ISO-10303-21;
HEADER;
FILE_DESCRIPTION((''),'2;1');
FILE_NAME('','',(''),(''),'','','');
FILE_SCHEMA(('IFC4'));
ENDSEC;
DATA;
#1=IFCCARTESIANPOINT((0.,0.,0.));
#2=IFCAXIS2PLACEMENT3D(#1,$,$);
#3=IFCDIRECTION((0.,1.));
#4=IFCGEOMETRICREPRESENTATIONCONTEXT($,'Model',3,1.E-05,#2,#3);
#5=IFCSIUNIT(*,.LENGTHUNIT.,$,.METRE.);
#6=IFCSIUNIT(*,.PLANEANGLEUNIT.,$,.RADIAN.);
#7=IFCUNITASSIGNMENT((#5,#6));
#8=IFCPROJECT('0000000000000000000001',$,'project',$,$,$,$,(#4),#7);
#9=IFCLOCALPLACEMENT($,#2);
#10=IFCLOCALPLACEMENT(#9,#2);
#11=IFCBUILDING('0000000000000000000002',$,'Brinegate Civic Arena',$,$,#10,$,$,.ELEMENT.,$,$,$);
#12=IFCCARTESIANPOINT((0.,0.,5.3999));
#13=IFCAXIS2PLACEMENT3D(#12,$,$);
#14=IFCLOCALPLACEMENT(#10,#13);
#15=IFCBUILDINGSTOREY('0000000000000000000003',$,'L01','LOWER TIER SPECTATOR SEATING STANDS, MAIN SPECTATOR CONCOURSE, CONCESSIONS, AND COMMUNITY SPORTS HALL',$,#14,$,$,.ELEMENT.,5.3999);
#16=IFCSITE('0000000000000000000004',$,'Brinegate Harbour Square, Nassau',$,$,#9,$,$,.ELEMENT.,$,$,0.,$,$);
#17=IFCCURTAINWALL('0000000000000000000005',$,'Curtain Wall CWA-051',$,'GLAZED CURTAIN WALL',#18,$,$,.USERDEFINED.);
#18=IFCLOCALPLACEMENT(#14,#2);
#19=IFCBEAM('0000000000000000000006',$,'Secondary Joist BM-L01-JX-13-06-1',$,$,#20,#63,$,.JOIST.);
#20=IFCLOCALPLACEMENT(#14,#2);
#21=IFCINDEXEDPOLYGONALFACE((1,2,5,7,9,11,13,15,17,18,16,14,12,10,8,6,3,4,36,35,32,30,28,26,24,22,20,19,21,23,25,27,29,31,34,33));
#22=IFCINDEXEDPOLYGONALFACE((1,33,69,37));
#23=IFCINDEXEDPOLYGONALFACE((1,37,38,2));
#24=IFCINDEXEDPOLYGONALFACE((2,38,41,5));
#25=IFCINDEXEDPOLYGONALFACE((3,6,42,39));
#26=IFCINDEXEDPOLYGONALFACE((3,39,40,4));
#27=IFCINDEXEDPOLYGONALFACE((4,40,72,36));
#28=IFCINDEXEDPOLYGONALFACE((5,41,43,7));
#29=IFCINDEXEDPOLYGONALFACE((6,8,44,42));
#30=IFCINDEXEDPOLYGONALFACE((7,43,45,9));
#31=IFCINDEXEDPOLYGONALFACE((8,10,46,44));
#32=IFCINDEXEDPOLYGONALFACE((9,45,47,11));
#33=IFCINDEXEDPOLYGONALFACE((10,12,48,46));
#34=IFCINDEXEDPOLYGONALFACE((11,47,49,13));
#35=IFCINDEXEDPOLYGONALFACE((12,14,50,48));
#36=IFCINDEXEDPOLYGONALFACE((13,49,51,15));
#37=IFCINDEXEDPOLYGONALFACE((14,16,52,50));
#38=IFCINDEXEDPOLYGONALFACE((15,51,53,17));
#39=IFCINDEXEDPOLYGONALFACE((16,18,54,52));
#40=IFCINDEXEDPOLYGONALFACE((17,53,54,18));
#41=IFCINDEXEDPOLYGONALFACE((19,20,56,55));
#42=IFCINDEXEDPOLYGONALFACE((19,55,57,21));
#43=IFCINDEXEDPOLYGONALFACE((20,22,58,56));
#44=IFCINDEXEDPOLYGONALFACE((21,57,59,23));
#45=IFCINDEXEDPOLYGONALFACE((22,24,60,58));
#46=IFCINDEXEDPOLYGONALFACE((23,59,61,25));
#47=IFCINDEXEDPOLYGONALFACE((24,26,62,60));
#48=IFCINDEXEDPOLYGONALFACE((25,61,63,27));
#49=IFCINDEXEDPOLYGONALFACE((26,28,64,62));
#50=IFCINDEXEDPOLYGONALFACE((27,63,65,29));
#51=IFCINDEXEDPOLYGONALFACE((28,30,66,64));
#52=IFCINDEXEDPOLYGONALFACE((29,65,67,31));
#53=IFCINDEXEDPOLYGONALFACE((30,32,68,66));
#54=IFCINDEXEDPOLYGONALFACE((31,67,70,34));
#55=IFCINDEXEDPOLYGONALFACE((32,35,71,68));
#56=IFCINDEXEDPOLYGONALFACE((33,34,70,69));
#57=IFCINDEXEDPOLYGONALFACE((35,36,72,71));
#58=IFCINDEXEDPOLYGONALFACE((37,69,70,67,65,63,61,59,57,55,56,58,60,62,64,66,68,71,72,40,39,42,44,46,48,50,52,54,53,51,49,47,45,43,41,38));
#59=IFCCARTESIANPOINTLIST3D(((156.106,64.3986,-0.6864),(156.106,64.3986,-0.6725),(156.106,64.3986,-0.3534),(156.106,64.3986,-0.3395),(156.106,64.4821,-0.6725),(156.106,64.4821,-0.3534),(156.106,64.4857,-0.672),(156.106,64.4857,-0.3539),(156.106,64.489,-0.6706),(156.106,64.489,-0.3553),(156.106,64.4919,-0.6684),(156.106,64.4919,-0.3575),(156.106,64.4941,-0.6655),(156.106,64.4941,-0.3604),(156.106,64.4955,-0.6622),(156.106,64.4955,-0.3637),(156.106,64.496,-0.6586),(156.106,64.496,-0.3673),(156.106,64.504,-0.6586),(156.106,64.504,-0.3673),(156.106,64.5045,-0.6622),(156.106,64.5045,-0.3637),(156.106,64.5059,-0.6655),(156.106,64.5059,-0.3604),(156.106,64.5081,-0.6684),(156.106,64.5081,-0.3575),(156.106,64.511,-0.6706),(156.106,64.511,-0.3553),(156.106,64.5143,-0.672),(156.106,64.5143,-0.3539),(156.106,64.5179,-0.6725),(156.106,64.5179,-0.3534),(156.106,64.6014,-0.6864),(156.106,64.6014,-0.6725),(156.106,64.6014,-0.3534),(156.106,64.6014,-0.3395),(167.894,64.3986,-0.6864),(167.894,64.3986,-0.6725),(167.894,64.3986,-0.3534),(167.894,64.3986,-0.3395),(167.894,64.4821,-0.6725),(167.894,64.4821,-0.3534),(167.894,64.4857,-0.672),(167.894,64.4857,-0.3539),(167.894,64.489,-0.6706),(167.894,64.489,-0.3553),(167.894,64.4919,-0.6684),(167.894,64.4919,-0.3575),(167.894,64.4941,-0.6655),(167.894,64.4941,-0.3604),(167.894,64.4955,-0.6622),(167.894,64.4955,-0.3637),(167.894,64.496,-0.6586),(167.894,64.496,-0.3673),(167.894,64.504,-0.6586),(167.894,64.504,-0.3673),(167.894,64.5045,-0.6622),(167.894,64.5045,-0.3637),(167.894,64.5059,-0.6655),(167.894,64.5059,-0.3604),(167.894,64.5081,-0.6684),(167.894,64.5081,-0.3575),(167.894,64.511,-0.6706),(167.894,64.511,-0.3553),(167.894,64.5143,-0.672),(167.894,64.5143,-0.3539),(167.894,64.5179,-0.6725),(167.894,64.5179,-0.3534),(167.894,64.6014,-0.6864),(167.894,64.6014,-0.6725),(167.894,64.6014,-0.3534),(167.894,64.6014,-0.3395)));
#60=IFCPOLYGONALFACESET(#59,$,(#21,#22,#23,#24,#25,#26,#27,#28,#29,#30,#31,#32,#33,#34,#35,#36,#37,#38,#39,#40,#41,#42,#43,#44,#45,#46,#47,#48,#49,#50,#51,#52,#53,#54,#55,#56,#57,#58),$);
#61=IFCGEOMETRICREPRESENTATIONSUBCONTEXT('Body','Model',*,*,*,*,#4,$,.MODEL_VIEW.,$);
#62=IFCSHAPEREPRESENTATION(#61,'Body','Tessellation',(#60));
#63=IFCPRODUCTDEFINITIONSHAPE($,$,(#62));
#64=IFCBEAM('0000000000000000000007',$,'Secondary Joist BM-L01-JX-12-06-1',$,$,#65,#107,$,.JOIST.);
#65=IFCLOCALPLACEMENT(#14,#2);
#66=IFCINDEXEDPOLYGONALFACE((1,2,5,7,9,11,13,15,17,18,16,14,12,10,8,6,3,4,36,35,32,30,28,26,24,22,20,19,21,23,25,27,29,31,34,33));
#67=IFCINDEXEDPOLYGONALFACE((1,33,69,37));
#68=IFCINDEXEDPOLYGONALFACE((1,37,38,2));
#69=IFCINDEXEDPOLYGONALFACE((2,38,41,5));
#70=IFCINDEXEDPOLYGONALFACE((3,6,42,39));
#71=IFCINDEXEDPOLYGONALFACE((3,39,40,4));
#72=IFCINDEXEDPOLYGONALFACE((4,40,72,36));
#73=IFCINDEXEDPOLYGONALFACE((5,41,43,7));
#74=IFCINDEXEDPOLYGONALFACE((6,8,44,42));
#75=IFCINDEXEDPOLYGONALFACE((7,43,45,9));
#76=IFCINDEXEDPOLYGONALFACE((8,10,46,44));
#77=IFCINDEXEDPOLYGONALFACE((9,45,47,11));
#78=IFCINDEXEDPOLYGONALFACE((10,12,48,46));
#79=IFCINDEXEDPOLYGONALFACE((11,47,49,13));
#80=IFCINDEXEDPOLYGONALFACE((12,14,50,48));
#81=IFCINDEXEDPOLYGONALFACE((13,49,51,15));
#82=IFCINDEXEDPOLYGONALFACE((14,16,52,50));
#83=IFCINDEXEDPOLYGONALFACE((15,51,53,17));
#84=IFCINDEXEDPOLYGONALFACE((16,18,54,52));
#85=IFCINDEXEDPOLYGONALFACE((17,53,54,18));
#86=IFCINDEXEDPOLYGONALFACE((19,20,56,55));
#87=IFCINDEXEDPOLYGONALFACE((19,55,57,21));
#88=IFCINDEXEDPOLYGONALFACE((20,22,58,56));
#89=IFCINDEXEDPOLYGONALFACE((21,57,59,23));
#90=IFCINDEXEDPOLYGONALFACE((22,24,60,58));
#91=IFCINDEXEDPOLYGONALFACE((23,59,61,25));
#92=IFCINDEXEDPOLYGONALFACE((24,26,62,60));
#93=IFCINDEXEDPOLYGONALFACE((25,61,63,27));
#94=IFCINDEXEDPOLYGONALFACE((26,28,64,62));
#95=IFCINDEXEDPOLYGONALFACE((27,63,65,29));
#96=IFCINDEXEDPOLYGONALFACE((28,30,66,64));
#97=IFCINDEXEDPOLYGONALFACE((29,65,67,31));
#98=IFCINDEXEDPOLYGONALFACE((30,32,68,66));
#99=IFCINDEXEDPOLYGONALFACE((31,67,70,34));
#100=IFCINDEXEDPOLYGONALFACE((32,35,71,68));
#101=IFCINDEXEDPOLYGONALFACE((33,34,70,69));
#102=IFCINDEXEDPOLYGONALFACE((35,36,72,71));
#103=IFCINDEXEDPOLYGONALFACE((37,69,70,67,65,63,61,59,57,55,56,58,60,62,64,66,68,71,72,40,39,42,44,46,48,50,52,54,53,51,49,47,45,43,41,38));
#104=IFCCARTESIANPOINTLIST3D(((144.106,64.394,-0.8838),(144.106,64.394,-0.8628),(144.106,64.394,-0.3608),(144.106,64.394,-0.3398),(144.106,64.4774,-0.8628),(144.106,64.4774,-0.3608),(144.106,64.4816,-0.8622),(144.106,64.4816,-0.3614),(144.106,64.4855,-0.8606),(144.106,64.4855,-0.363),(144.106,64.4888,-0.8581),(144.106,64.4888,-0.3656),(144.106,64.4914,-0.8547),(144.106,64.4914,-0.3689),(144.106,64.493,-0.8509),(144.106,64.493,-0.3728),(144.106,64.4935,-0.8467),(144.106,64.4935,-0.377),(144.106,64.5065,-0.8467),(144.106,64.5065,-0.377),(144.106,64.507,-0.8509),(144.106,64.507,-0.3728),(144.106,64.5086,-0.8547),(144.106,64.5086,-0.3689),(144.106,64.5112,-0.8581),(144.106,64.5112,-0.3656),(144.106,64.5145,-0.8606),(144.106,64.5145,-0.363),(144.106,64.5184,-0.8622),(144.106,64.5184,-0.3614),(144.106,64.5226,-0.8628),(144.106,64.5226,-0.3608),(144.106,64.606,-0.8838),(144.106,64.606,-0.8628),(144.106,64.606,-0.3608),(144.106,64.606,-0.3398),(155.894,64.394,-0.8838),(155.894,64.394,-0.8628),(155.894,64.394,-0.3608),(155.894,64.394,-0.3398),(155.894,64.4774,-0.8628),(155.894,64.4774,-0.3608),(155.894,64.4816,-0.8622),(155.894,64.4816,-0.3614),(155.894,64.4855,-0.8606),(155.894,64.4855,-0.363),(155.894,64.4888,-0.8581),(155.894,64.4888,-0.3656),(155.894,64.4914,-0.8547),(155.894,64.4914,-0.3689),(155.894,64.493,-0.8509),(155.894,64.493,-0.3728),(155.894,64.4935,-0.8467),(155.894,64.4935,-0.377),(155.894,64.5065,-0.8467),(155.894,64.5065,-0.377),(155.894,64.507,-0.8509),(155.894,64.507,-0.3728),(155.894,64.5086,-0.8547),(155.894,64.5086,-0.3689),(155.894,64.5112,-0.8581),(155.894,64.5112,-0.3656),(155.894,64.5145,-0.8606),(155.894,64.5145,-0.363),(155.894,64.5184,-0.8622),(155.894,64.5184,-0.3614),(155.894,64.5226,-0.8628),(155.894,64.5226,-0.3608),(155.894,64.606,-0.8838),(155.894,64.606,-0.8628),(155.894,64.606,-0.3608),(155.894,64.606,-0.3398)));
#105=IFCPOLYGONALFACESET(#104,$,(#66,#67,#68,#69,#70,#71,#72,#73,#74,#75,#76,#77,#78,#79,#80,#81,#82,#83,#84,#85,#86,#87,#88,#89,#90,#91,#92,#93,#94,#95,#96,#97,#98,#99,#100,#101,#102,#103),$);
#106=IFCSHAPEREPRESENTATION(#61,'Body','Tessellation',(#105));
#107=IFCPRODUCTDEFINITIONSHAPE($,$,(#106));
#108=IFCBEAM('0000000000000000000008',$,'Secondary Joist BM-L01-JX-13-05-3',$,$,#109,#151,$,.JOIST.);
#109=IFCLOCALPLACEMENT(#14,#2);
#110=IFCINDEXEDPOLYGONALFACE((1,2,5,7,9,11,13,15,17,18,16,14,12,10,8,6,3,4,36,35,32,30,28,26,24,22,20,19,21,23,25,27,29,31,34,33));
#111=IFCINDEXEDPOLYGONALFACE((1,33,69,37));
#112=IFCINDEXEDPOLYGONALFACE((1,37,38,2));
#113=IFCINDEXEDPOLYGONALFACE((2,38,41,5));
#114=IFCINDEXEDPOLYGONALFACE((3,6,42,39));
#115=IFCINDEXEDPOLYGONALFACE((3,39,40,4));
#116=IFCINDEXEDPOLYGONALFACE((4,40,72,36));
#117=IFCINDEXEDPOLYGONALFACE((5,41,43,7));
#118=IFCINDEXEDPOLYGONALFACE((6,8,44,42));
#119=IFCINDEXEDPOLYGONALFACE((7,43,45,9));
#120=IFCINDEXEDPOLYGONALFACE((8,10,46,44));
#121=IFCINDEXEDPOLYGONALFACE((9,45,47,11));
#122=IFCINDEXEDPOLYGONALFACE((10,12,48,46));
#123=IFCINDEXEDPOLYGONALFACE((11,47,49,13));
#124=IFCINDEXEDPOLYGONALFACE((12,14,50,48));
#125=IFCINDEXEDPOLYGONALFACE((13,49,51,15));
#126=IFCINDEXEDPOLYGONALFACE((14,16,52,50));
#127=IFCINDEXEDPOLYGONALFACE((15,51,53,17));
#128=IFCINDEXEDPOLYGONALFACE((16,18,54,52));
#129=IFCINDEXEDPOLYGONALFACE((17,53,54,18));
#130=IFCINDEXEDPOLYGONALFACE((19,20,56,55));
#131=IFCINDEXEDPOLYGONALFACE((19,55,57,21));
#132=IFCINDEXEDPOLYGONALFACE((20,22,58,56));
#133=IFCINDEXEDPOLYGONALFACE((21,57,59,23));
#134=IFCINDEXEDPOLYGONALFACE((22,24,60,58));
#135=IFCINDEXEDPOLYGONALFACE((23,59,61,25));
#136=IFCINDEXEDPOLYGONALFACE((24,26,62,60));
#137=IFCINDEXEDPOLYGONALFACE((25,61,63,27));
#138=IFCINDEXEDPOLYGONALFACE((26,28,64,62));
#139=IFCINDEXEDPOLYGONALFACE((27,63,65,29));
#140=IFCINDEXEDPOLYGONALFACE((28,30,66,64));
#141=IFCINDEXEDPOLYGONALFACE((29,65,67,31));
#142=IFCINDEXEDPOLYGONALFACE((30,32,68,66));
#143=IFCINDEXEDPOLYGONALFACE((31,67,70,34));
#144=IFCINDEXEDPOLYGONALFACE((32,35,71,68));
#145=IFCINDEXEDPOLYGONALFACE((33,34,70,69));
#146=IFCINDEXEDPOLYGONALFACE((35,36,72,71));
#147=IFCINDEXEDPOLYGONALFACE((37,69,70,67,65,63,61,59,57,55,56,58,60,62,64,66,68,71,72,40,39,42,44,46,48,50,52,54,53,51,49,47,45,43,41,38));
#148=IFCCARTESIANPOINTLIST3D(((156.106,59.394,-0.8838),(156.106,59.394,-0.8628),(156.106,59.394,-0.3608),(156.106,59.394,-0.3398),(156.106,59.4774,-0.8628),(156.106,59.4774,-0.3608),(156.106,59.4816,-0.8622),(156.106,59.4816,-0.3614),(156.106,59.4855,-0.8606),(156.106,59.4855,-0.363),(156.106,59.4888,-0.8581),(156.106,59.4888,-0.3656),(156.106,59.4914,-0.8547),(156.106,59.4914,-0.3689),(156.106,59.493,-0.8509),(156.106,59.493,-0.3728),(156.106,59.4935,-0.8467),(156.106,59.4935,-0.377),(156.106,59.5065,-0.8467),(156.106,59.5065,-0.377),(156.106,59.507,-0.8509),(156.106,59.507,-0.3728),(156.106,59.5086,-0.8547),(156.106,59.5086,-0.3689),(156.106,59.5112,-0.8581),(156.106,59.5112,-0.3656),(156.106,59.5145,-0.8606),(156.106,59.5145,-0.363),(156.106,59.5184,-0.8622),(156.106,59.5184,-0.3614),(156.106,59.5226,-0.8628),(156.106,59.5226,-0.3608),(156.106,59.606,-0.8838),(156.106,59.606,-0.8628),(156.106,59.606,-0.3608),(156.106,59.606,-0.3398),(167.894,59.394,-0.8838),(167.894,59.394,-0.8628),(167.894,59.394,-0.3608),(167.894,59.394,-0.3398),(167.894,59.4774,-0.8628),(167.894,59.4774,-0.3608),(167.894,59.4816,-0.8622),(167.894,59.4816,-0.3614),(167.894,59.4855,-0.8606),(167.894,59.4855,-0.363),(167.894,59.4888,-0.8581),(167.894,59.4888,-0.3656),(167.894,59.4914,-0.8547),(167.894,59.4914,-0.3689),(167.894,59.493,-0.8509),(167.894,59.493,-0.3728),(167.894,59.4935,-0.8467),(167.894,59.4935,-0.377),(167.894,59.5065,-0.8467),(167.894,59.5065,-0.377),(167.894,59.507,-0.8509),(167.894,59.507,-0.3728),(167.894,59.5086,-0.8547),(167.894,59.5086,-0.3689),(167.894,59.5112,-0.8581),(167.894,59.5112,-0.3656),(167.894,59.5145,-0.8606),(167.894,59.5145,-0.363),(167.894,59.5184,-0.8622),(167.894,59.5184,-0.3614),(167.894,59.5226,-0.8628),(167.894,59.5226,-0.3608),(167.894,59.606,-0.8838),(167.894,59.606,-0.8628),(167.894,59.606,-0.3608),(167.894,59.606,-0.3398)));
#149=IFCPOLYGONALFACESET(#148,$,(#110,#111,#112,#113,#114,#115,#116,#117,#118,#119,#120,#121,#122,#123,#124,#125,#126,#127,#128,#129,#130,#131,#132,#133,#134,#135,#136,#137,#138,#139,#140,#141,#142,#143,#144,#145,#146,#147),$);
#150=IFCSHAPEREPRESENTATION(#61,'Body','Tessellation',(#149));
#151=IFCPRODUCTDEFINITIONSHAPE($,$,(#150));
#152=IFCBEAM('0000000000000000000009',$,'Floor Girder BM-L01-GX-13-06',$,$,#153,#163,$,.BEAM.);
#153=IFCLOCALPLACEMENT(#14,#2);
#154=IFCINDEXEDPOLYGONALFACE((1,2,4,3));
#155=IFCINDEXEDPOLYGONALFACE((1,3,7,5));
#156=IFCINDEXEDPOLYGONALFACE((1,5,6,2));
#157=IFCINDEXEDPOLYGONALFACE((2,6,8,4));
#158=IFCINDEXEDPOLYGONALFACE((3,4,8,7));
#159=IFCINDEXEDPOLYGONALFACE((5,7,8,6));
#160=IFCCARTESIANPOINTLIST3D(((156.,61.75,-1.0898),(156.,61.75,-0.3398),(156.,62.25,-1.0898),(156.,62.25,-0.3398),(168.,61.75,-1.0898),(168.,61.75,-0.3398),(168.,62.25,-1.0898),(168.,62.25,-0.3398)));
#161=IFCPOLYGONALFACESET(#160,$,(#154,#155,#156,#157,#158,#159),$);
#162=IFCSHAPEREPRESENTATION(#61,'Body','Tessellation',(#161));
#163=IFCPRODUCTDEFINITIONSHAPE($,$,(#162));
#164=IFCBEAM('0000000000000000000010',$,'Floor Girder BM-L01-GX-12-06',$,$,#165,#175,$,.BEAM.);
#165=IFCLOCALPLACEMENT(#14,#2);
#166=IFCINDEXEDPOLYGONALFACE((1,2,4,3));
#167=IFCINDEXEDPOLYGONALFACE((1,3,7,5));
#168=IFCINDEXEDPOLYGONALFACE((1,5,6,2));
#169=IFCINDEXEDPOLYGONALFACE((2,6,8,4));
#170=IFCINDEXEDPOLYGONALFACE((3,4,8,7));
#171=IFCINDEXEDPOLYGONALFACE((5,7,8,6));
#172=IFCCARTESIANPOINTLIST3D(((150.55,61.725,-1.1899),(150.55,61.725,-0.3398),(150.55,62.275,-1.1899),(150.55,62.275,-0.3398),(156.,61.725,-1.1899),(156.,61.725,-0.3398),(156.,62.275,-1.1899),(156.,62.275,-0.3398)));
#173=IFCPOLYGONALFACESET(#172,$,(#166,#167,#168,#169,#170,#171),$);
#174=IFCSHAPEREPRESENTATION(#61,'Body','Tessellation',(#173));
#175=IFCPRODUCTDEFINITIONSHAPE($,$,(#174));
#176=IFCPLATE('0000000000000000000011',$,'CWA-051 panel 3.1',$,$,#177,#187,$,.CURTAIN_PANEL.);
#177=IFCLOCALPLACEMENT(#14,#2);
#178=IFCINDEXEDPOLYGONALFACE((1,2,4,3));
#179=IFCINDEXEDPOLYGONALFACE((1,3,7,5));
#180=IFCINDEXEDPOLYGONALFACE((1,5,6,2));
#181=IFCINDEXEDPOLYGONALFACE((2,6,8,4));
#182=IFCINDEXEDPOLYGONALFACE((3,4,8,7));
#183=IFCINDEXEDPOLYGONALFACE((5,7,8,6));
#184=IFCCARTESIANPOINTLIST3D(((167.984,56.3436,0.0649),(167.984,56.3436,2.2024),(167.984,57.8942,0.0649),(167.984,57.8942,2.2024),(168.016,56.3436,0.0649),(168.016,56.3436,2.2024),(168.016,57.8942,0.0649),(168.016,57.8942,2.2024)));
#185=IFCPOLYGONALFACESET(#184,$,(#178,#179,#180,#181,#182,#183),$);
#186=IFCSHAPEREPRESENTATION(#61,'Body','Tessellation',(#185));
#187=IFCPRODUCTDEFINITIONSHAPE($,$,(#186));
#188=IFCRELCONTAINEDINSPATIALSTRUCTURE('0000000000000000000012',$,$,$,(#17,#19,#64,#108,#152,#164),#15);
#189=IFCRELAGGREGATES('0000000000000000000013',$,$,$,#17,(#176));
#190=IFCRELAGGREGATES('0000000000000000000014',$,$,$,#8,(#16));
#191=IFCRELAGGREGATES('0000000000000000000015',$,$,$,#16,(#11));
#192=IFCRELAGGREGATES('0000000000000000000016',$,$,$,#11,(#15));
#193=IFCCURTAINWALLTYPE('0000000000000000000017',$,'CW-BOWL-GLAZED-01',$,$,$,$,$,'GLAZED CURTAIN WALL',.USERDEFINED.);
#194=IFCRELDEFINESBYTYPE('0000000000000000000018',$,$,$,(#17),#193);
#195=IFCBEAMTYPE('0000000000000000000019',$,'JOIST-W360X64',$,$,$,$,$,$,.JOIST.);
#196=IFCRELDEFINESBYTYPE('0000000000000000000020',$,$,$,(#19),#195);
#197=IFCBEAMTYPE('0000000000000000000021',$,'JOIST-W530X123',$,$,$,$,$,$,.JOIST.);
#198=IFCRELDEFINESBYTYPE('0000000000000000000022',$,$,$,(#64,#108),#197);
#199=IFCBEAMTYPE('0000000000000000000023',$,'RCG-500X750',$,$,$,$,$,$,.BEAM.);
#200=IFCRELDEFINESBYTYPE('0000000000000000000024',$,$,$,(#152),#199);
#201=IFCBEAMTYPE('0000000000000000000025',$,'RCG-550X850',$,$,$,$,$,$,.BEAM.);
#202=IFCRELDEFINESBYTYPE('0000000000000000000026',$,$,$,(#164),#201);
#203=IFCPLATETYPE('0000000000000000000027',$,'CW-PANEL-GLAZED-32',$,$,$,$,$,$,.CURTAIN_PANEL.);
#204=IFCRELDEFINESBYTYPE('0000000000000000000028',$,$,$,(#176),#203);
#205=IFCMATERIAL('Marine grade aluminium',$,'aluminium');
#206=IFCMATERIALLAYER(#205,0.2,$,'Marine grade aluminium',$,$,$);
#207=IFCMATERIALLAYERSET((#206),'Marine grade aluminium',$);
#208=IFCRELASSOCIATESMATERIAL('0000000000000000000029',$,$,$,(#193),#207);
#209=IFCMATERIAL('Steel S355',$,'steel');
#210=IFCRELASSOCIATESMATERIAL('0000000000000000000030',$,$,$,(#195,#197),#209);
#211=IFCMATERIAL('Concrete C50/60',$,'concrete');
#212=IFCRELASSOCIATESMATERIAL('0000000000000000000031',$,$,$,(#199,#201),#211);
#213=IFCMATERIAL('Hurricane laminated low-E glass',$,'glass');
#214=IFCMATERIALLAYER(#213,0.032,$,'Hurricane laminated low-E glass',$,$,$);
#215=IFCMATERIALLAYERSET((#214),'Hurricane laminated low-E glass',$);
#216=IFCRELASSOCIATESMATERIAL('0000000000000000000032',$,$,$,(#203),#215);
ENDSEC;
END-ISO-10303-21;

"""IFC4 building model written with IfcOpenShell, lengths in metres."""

from ifc_helpers import new_model, si_unit, direction, frame, origin, origin_2d, place, context, subcontext, project, spatial, rectangle, i_section, extrude, material, layer, layer_set, material_profile, profile_set, type_object, element, aggregate, save


model = new_model("IFC4")

# Units and contexts
model_context = context("Model", 3, precision=1e-05, world=origin(), true_north=direction((0.0, 1.0)))
body_context = subcontext(model_context, "Body", "Model", "MODEL_VIEW")
ifc_project = project(units=[si_unit("LENGTHUNIT", "METRE"), si_unit("PLANEANGLEUNIT", "RADIAN")], contexts=[model_context])

# Site, building, storey
site_placement = place(None, origin())
site = spatial("IfcSite", under=ifc_project, at=site_placement, Name="Brinegate Harbour Square, Nassau", CompositionType="ELEMENT", RefElevation=0.0)
building_placement = place(site_placement, origin())
building = spatial("IfcBuilding", under=site, at=building_placement, Name="Brinegate Civic Arena", CompositionType="ELEMENT")
storey_placement = place(building_placement, frame((0.0, 0.0, 5.3999)))
storey = spatial("IfcBuildingStorey", under=building, at=storey_placement, Name="L01", Description="LOWER TIER SPECTATOR SEATING STANDS, MAIN SPECTATOR CONCOURSE, CONCESSIONS, AND COMMUNITY SPORTS HALL", CompositionType="ELEMENT", Elevation=5.3999)

# Shared definitions
ifc_material_1 = material(Name="Concrete C50/60", Category="concrete")

# Curtain wall
ifc_material_2 = material(Name="Marine grade aluminium", Category="aluminium")
ifc_layer_1 = layer(ifc_material_2, 0.2, Name="Marine grade aluminium")
ifc_layer_set_1 = layer_set([ifc_layer_1], Name="Marine grade aluminium")
curtain_wall_type = type_object("IfcCurtainWallType", Name="CW-BOWL-GLAZED-01", ElementType="GLAZED CURTAIN WALL", PredefinedType="USERDEFINED", material=ifc_layer_set_1)
curtain_wall_placement = place(storey_placement, origin())
curtain_wall = element("IfcCurtainWall", 1, at=curtain_wall_placement, inside=storey, type_object=curtain_wall_type, Name="Curtain Wall CWA-051", ObjectType="GLAZED CURTAIN WALL", PredefinedType="USERDEFINED")

# Beams
ifc_material_3 = material(Name="Steel S355", Category="steel")
ifc_material_profile_1 = material_profile(ifc_material_3, i_section(OverallWidth=0.2029, OverallDepth=0.3469, WebThickness=0.0081, FlangeThickness=0.0139, FilletRadius=0.0139, at=origin_2d()), Name="W360X64")
ifc_profile_set_1 = profile_set([ifc_material_profile_1], Name="Steel S355")
beam_type_1 = type_object("IfcBeamType", Name="JOIST-W360X64", PredefinedType="JOIST", material=ifc_profile_set_1)
beam_1_placement = place(storey_placement, frame((156.106, 64.5, -0.5129), z_axis=(1.0, 0.0, 0.0), x_axis=(0.0, 1.0, 0.0)))
element("IfcBeam", 2, at=beam_1_placement, inside=storey, type_object=beam_type_1, Name="Secondary Joist BM-L01-JX-13-06-1", PredefinedType="JOIST", context=body_context, shape_type="SweptSolid", body=[
    extrude(i_section(OverallWidth=0.2029, OverallDepth=0.3469, WebThickness=0.0081, FlangeThickness=0.0139, FilletRadius=0.0139, at=origin_2d()), origin(), (0.0, 0.0, 1.0), 11.7881),
])
ifc_material_profile_2 = material_profile(ifc_material_3, i_section(OverallWidth=0.2119, OverallDepth=0.5439, WebThickness=0.0129, FlangeThickness=0.021, FilletRadius=0.0161, at=origin_2d()), Name="W530X123")
ifc_profile_set_2 = profile_set([ifc_material_profile_2], Name="Steel S355")
beam_type_2 = type_object("IfcBeamType", Name="JOIST-W530X123", PredefinedType="JOIST", material=ifc_profile_set_2)
for number, where, z_axis, x_axis, name in (
    (3, (144.106, 64.5, -0.6118), (1.0, 0.0, 0.0), (0.0, 1.0, 0.0), "Secondary Joist BM-L01-JX-12-06-1"),
    (4, (156.106, 59.5, -0.6118), (1.0, 0.0, 0.0), (0.0, 1.0, 0.0), "Secondary Joist BM-L01-JX-13-05-3"),
):
    element("IfcBeam", number, at=place(storey_placement, frame(where, z_axis=z_axis, x_axis=x_axis)), inside=storey, type_object=beam_type_2, Name=name, PredefinedType="JOIST", context=body_context, shape_type="SweptSolid", body=[
        extrude(i_section(OverallWidth=0.2119, OverallDepth=0.5439, WebThickness=0.0129, FlangeThickness=0.021, FilletRadius=0.0161, at=origin_2d()), origin(), (0.0, 0.0, 1.0), 11.7881),
    ])
ifc_material_profile_3 = material_profile(ifc_material_1, rectangle(XDim=0.5, YDim=0.75, at=origin_2d()), Name="RCB500X750")
ifc_profile_set_3 = profile_set([ifc_material_profile_3], Name="Concrete C50/60")
beam_type_3 = type_object("IfcBeamType", Name="RCG-500X750", PredefinedType="BEAM", material=ifc_profile_set_3)
beam_2_placement = place(storey_placement, frame((156.0, 62.0, -0.7148), z_axis=(1.0, 0.0, 0.0), x_axis=(0.0, 1.0, 0.0)))
element("IfcBeam", 5, at=beam_2_placement, inside=storey, type_object=beam_type_3, Name="Floor Girder BM-L01-GX-13-06", PredefinedType="BEAM", context=body_context, shape_type="SweptSolid", body=[
    extrude(rectangle(XDim=0.5, YDim=0.75, at=origin_2d()), origin(), (0.0, 0.0, 1.0), 12.0),
])
ifc_material_profile_4 = material_profile(ifc_material_1, rectangle(XDim=0.55, YDim=0.8501, at=origin_2d()), Name="RCB550X850")
ifc_profile_set_4 = profile_set([ifc_material_profile_4], Name="Concrete C50/60")
beam_type_4 = type_object("IfcBeamType", Name="RCG-550X850", PredefinedType="BEAM", material=ifc_profile_set_4)
beam_3_placement = place(storey_placement, frame((150.55, 62.0, -0.7649), z_axis=(1.0, 0.0, 0.0), x_axis=(0.0, 1.0, 0.0)))
element("IfcBeam", 6, at=beam_3_placement, inside=storey, type_object=beam_type_4, Name="Floor Girder BM-L01-GX-12-06", PredefinedType="BEAM", context=body_context, shape_type="SweptSolid", body=[
    extrude(rectangle(XDim=0.55, YDim=0.8501, at=origin_2d()), origin(), (0.0, 0.0, 1.0), 5.45),
])

# Plate
ifc_material_4 = material(Name="Hurricane laminated low-E glass", Category="glass")
ifc_layer_2 = layer(ifc_material_4, 0.032, Name="Hurricane laminated low-E glass")
ifc_layer_set_2 = layer_set([ifc_layer_2], Name="Hurricane laminated low-E glass")
plate_type = type_object("IfcPlateType", Name="CW-PANEL-GLAZED-32", PredefinedType="CURTAIN_PANEL", material=ifc_layer_set_2)
plate_1_placement = place(storey_placement, frame((168.0, 57.1189, 0.0649), z_axis=(0.0, 0.0, 1.0), x_axis=(0.0, 1.0, 0.0)))
plate_1 = element("IfcPlate", 7, at=plate_1_placement, type_object=plate_type, Name="CWA-051 panel 3.1", PredefinedType="CURTAIN_PANEL", context=body_context, shape_type="SweptSolid", body=[
    extrude(rectangle(XDim=1.5505, YDim=0.032, at=origin_2d()), origin(), (0.0, 0.0, 1.0), 2.1375),
])
aggregate(curtain_wall, [plate_1])

save(model, "model.ifc")
